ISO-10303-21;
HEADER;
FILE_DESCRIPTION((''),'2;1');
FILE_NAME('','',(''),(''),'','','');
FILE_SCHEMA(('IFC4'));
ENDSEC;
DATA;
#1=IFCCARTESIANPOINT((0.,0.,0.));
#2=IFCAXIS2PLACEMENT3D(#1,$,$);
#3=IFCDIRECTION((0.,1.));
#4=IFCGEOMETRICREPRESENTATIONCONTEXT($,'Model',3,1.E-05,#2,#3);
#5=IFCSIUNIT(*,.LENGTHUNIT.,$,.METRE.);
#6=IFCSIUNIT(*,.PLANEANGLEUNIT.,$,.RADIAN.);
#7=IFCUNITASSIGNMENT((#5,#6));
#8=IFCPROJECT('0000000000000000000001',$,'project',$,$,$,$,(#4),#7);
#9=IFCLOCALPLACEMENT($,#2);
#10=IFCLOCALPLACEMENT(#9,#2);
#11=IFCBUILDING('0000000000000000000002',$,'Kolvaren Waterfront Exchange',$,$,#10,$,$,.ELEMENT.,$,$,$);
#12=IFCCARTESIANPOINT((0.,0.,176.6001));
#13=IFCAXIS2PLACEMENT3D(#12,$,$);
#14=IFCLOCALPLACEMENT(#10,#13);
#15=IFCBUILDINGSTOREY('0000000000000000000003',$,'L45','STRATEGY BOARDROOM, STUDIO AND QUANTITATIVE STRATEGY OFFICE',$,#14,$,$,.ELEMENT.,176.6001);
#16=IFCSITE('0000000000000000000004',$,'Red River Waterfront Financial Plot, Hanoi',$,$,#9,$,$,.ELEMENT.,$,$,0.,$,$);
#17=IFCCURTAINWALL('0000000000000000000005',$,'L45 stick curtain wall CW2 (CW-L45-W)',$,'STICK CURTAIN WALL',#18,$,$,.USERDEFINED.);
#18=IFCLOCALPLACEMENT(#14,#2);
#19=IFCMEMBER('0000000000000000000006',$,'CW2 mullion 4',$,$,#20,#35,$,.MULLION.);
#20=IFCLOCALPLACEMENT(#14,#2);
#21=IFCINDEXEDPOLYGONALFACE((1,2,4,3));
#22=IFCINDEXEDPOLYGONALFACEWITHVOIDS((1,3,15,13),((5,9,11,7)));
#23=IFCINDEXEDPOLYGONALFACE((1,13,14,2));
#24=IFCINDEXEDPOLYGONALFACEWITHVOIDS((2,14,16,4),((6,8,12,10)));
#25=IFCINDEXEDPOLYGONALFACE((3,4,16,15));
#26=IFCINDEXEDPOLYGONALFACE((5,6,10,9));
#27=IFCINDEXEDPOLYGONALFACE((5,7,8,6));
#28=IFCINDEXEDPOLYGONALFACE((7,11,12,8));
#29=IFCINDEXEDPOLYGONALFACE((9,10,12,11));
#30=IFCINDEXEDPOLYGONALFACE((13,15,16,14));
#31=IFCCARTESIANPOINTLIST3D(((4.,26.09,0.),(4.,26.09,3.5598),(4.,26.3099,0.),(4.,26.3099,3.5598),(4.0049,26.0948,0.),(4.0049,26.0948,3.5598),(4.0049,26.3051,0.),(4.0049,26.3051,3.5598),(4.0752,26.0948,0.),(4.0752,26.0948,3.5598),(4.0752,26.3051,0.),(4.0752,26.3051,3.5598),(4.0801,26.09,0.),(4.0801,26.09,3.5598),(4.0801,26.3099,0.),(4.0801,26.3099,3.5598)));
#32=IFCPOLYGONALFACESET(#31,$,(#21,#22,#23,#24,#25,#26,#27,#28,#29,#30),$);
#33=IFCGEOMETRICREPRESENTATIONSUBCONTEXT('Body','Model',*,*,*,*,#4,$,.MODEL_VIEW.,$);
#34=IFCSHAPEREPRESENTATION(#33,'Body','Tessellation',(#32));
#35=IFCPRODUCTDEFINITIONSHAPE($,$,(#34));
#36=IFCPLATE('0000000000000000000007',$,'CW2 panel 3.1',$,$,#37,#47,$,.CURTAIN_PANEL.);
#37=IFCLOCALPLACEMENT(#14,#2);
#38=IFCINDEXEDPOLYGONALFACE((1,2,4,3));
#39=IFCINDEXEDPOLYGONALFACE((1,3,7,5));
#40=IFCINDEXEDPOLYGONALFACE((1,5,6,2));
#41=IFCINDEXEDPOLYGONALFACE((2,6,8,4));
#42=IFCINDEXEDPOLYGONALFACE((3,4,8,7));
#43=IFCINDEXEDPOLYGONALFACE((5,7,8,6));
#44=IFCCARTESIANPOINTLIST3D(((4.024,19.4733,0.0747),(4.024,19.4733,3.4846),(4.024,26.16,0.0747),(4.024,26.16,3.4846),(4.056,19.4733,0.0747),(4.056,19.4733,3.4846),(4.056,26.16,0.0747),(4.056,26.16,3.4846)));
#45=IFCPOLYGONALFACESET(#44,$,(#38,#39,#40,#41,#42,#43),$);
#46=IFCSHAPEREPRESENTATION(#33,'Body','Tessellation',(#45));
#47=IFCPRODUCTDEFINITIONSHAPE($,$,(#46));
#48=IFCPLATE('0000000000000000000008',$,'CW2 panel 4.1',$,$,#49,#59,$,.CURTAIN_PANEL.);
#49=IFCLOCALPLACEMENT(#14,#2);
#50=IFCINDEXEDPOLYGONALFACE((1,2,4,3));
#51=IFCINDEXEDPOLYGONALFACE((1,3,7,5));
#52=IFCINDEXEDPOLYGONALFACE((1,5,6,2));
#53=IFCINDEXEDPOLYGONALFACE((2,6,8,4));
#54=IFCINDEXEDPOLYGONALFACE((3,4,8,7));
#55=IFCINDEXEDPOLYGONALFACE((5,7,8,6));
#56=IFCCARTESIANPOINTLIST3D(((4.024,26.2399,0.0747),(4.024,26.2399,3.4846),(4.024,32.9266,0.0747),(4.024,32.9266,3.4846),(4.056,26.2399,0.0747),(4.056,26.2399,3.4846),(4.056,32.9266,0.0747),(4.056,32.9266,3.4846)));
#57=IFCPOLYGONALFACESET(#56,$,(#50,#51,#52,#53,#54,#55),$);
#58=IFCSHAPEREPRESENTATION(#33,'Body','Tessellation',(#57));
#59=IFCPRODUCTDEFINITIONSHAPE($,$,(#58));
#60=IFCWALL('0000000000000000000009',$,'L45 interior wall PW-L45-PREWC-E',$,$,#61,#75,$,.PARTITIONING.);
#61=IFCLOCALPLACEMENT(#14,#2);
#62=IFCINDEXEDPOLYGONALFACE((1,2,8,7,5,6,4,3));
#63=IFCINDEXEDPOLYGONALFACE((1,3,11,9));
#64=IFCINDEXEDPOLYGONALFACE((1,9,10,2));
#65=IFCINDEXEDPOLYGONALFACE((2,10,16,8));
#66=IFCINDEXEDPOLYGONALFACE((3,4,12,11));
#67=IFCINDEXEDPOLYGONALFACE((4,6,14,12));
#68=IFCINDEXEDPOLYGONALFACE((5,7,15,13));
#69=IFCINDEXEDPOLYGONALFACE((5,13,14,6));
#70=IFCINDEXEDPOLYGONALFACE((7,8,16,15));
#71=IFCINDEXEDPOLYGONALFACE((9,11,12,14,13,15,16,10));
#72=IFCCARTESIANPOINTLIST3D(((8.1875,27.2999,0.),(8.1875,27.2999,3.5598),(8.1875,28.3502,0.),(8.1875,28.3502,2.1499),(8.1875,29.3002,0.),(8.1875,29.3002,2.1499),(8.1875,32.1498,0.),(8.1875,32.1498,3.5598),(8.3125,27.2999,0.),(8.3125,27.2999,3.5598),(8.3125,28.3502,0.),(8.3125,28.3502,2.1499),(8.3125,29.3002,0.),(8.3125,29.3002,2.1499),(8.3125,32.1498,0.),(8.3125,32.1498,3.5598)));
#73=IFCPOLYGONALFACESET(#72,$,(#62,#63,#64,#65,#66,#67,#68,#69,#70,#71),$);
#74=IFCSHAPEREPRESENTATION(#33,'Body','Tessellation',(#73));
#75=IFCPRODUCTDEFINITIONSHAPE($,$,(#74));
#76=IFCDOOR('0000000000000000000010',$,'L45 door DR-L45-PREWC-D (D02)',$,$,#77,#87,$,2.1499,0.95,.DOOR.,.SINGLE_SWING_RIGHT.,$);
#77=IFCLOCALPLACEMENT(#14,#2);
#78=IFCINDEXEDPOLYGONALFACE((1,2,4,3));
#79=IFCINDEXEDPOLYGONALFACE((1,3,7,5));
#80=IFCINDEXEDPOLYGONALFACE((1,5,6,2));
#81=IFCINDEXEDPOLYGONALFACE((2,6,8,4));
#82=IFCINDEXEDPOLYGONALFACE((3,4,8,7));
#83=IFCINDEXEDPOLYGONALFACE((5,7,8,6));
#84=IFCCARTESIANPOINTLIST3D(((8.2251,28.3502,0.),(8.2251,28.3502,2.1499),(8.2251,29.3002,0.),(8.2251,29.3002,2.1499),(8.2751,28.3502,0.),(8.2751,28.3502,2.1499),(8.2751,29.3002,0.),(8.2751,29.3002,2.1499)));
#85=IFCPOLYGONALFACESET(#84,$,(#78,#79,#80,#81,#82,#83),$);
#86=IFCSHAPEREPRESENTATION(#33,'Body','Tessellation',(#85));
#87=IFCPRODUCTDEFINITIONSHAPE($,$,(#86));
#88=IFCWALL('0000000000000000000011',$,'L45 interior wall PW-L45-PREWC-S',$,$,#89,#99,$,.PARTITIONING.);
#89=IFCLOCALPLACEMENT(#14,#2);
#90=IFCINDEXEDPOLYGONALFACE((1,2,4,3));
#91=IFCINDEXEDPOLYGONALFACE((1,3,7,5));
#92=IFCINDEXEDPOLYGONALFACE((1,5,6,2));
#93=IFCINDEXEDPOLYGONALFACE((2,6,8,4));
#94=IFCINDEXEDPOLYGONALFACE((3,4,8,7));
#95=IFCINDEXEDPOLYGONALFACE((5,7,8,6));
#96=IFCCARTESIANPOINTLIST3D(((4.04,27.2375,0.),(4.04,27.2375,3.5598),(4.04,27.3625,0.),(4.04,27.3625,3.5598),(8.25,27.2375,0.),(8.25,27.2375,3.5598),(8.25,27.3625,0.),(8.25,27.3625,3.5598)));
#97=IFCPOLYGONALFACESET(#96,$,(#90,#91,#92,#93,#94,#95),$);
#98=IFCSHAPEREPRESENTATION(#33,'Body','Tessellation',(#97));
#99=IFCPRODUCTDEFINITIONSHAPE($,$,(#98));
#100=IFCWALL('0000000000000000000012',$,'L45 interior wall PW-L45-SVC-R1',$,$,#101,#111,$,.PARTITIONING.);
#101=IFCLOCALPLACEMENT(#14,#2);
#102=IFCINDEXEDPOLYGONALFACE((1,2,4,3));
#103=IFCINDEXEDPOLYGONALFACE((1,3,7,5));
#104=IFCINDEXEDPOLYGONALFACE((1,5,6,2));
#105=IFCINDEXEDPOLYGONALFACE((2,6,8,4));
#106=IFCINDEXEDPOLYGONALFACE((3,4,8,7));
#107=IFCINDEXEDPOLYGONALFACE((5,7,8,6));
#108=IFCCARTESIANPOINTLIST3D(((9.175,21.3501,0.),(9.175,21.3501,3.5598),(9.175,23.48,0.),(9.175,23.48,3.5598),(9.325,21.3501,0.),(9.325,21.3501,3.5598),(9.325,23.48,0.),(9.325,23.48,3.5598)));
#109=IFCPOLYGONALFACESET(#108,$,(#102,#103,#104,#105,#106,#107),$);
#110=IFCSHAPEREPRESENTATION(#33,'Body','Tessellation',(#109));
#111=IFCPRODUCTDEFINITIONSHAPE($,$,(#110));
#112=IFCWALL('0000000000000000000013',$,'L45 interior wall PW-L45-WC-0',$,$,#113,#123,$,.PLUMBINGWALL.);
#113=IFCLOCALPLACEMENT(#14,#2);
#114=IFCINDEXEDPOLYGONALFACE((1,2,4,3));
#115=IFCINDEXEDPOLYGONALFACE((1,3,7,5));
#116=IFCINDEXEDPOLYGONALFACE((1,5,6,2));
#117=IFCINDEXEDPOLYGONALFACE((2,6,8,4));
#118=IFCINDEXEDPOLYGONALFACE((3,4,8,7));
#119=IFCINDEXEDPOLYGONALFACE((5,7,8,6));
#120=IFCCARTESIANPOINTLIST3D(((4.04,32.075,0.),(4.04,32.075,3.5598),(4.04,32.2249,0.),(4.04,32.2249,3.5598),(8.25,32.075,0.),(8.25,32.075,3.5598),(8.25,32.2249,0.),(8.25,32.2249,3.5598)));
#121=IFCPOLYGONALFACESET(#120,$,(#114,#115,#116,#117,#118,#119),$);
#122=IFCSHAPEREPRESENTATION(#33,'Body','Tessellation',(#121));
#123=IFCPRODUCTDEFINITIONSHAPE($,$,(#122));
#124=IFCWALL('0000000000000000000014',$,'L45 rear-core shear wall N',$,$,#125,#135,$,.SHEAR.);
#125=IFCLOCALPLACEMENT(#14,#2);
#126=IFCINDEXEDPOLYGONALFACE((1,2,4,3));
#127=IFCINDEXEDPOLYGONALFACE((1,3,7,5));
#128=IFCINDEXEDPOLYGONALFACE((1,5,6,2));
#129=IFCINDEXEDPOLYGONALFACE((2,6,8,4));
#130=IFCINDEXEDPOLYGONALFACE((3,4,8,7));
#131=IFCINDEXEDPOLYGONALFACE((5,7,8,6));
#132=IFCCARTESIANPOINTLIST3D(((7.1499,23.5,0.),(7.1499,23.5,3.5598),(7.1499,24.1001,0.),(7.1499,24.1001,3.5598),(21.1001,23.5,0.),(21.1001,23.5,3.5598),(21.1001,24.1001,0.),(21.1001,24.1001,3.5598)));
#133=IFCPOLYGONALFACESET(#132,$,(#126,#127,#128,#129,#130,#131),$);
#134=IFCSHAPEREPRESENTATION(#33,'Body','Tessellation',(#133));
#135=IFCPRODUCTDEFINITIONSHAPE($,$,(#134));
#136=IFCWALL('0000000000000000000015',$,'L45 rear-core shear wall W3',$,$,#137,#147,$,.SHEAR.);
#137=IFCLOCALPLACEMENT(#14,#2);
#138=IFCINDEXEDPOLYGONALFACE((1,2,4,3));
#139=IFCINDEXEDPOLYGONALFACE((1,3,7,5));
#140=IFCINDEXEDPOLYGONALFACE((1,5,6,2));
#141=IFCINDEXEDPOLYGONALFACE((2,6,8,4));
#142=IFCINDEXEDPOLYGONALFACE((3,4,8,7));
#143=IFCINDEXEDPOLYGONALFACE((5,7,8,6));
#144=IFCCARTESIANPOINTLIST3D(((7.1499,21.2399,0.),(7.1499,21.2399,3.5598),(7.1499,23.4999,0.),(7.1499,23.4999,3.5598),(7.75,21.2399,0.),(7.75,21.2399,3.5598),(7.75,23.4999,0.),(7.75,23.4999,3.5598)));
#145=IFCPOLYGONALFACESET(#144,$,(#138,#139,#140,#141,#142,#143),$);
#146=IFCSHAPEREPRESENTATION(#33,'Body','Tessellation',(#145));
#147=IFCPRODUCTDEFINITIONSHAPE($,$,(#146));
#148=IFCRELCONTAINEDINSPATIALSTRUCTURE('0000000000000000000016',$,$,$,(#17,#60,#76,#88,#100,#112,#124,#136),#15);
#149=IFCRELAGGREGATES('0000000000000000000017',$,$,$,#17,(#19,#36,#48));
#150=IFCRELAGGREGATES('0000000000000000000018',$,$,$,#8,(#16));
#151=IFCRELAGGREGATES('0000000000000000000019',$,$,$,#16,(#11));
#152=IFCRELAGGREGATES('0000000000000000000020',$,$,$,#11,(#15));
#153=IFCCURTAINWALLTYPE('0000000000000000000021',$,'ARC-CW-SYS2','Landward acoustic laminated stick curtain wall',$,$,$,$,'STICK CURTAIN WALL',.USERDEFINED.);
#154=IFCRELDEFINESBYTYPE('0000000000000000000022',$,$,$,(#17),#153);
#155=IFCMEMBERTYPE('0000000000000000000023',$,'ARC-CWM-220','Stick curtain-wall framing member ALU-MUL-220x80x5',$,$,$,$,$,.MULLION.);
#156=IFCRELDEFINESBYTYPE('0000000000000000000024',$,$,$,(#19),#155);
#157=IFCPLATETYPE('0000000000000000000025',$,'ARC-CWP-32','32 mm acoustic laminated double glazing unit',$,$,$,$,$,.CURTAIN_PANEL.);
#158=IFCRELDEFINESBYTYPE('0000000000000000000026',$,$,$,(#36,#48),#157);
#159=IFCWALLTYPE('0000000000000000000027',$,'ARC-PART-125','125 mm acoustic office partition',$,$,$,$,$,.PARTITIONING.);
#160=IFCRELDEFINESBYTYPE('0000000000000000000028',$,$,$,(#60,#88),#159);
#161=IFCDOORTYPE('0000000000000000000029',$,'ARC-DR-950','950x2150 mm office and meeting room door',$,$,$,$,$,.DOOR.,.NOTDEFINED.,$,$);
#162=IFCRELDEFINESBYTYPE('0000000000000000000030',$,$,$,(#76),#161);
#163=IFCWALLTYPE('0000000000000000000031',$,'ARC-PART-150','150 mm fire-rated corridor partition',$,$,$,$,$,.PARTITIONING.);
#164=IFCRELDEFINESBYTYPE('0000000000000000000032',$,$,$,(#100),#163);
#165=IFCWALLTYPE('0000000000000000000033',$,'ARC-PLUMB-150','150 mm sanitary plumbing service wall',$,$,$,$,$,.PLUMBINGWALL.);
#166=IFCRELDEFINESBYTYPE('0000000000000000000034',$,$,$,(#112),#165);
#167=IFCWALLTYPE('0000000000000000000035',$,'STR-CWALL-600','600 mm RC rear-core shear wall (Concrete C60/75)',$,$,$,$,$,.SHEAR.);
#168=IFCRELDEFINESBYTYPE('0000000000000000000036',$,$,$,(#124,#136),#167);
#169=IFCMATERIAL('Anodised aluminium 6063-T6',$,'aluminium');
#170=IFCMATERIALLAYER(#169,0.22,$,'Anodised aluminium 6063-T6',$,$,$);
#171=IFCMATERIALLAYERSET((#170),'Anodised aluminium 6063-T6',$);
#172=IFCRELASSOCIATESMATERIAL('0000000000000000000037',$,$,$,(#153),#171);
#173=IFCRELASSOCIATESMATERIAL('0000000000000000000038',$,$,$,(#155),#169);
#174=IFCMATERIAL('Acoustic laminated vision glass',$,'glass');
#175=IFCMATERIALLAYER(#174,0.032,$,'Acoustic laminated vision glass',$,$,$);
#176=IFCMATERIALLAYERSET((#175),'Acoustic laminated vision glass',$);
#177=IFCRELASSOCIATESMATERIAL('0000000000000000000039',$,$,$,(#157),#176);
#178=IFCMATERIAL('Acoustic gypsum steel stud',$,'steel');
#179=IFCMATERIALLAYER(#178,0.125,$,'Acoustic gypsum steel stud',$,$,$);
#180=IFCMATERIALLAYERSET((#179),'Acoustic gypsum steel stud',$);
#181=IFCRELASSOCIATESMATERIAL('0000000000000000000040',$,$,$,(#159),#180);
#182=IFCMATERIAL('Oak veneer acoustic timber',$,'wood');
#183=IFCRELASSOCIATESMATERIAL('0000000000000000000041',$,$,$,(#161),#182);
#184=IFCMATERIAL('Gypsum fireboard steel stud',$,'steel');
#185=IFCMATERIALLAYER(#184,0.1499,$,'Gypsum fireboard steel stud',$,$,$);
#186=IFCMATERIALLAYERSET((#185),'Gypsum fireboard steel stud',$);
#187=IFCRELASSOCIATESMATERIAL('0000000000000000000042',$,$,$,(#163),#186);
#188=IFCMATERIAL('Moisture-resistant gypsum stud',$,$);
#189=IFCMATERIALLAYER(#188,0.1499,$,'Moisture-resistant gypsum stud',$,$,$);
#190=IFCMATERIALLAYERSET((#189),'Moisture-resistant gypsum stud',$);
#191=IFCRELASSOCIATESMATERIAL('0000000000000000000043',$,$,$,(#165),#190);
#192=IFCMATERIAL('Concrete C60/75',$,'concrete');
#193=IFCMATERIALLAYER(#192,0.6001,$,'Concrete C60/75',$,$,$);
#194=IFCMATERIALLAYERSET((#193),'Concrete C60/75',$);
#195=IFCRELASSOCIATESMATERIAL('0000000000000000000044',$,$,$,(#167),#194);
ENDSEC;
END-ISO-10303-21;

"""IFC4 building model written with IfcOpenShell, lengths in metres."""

from ifc_helpers import new_model, si_unit, direction, frame, frame_2d, origin, origin_with_axes, origin_2d, place, context, subcontext, project, spatial, rectangle, hollow_rectangle, extrude, source, transform, mapped, material, layer, layer_set, material_profile, profile_set, type_object, element, fill, aggregate, save


model = new_model("IFC4")

# Units and contexts
model_context = context("Model", 3, precision=1e-05, world=origin(), true_north=direction((0.0, 1.0)))
body_context = subcontext(model_context, "Body", "Model", "MODEL_VIEW")
ifc_project = project(units=[si_unit("LENGTHUNIT", "METRE"), si_unit("PLANEANGLEUNIT", "RADIAN")], contexts=[model_context])

# Site, building, storey
site_placement = place(None, origin())
site = spatial("IfcSite", under=ifc_project, at=site_placement, Name="Red River Waterfront Financial Plot, Hanoi", CompositionType="ELEMENT", RefElevation=0.0)
building_placement = place(site_placement, origin())
building = spatial("IfcBuilding", under=site, at=building_placement, Name="Kolvaren Waterfront Exchange", CompositionType="ELEMENT")
storey_placement = place(building_placement, frame((0.0, 0.0, 176.6001)))
storey = spatial("IfcBuildingStorey", under=building, at=storey_placement, Name="L45", Description="STRATEGY BOARDROOM, STUDIO AND QUANTITATIVE STRATEGY OFFICE", CompositionType="ELEMENT", Elevation=176.6001)

# Shared definitions
ifc_material_1 = material(Name="Concrete C60/75", Category="concrete")

# Curtain wall, member, plates
ifc_material_2 = material(Name="Anodised aluminium 6063-T6", Category="aluminium")
ifc_layer_1 = layer(ifc_material_2, 0.22, Name="Anodised aluminium 6063-T6")
ifc_layer_set_1 = layer_set([ifc_layer_1], Name="Anodised aluminium 6063-T6")
curtain_wall_type = type_object("IfcCurtainWallType", Name="ARC-CW-SYS2", Description="Landward acoustic laminated stick curtain wall", ElementType="STICK CURTAIN WALL", PredefinedType="USERDEFINED", material=ifc_layer_set_1)
curtain_wall_placement = place(storey_placement, origin())
curtain_wall = element("IfcCurtainWall", 1, at=curtain_wall_placement, inside=storey, type_object=curtain_wall_type, Name="L45 stick curtain wall CW2 (CW-L45-W)", ObjectType="STICK CURTAIN WALL", PredefinedType="USERDEFINED")
ifc_material_profile_1 = material_profile(ifc_material_2, hollow_rectangle(XDim=0.0801, YDim=0.22, WallThickness=0.0049, at=origin_2d()), Name="ALU-MUL-220x80x5")
ifc_profile_set_1 = profile_set([ifc_material_profile_1], Name="Anodised aluminium 6063-T6")
member_type_1 = type_object("IfcMemberType", Name="ARC-CWM-220", Description="Stick curtain-wall framing member ALU-MUL-220x80x5", PredefinedType="MULLION", material=ifc_profile_set_1)
shared_shape_1 = source(origin_with_axes(), body_context, "Body", "SweptSolid", [
    extrude(hollow_rectangle(XDim=0.0801, YDim=0.22, WallThickness=0.0049, at=origin_2d()), origin(), (0.0, 0.0, 1.0), 3.5598),
])
member_1_placement = place(storey_placement, frame((4.04, 26.2, 0.0), z_axis=(0.0, 0.0, 1.0), x_axis=(-1.0, 0.0, 0.0)))
member_1 = element("IfcMember", 2, at=member_1_placement, type_object=member_type_1, Name="CW2 mullion 4", PredefinedType="MULLION", context=body_context, shape_type="MappedRepresentation", body=[
    mapped(shared_shape_1, transform((0.0, 0.0, 0.0), x_axis=(1.0, 0.0, 0.0), y_axis=(0.0, 1.0, 0.0), z_axis=(0.0, 0.0, 1.0), scale=1.0)),
])
ifc_material_3 = material(Name="Acoustic laminated vision glass", Category="glass")
ifc_layer_2 = layer(ifc_material_3, 0.032, Name="Acoustic laminated vision glass")
ifc_layer_set_2 = layer_set([ifc_layer_2], Name="Acoustic laminated vision glass")
plate_type = type_object("IfcPlateType", Name="ARC-CWP-32", Description="32 mm acoustic laminated double glazing unit", PredefinedType="CURTAIN_PANEL", material=ifc_layer_set_2)
shared_shape_2 = source(origin_with_axes(), body_context, "Body", "SweptSolid", [
    extrude(rectangle(XDim=6.6868, YDim=0.032, at=origin_2d()), origin(), (0.0, 0.0, 1.0), 3.4099),
])
plate_1_placement = place(storey_placement, frame((4.04, 22.8167, 0.0747), z_axis=(0.0, 0.0, 1.0), x_axis=(0.0, 1.0, 0.0)))
plate_1 = element("IfcPlate", 3, at=plate_1_placement, type_object=plate_type, Name="CW2 panel 3.1", PredefinedType="CURTAIN_PANEL", context=body_context, shape_type="MappedRepresentation", body=[
    mapped(shared_shape_2, transform((0.0, 0.0, 0.0), x_axis=(1.0, 0.0, 0.0), y_axis=(0.0, 1.0, 0.0), z_axis=(0.0, 0.0, 1.0), scale=1.0)),
])
plate_2_placement = place(storey_placement, frame((4.04, 29.5833, 0.0747), z_axis=(0.0, 0.0, 1.0), x_axis=(0.0, 1.0, 0.0)))
plate_2 = element("IfcPlate", 4, at=plate_2_placement, type_object=plate_type, Name="CW2 panel 4.1", PredefinedType="CURTAIN_PANEL", context=body_context, shape_type="MappedRepresentation", body=[
    mapped(shared_shape_2, transform((0.0, 0.0, 0.0), x_axis=(1.0, 0.0, 0.0), y_axis=(0.0, 1.0, 0.0), z_axis=(0.0, 0.0, 1.0), scale=1.0)),
])
aggregate(curtain_wall, [member_1, plate_1, plate_2])

# Wall, opening, door
ifc_material_4 = material(Name="Acoustic gypsum steel stud", Category="steel")
ifc_layer_3 = layer(ifc_material_4, 0.125, Name="Acoustic gypsum steel stud")
ifc_layer_set_3 = layer_set([ifc_layer_3], Name="Acoustic gypsum steel stud")
wall_type_1 = type_object("IfcWallType", Name="ARC-PART-125", Description="125 mm acoustic office partition", PredefinedType="PARTITIONING", material=ifc_layer_set_3)
wall_1_placement = place(storey_placement, frame((8.25, 27.3, 0.0), z_axis=(0.0, 0.0, 1.0), x_axis=(0.0, 1.0, 0.0)))
wall_1 = element("IfcWall", 5, at=wall_1_placement, inside=storey, type_object=wall_type_1, Name="L45 interior wall PW-L45-PREWC-E", PredefinedType="PARTITIONING", context=body_context, shape_type="SweptSolid", body=[
    extrude(rectangle(XDim=4.8499, YDim=0.125, at=frame_2d((2.4248, 0.0))), origin(), (0.0, 0.0, 1.0), 3.5598),
])
opening_1_placement = place(wall_1_placement, frame((1.05, 0.0, 0.0)))
opening_1 = element("IfcOpeningElement", 6, at=opening_1_placement, cuts=wall_1, PredefinedType="OPENING", context=body_context, shape_type="SweptSolid", body=[
    extrude(rectangle(XDim=0.95, YDim=2.1499, at=frame_2d((0.4751, 1.075))), frame((0.0, 0.0725, 0.0), z_axis=(0.0, -1.0, 0.0), x_axis=(1.0, 0.0, 0.0)), (0.0, 0.0, 1.0), 0.145),
])
ifc_material_5 = material(Name="Oak veneer acoustic timber", Category="wood")
door_type_1 = type_object("IfcDoorType", Name="ARC-DR-950", Description="950x2150 mm office and meeting room door", OperationType="NOTDEFINED", PredefinedType="DOOR", material=ifc_material_5)
door_1_placement = place(opening_1_placement, origin())
door_1 = element("IfcDoor", 7, at=door_1_placement, inside=storey, type_object=door_type_1, Name="L45 door DR-L45-PREWC-D (D02)", OperationType="SINGLE_SWING_RIGHT", OverallHeight=2.1499, OverallWidth=0.95, PredefinedType="DOOR", context=body_context, shape_type="SweptSolid", body=[
    extrude(rectangle(XDim=0.95, YDim=2.1499, at=frame_2d((0.4751, 1.075))), frame((0.0, 0.0249, 0.0), z_axis=(0.0, -1.0, 0.0), x_axis=(1.0, 0.0, 0.0)), (0.0, 0.0, 1.0), 0.05),
])
fill(opening_1, door_1)

# Walls
wall_2_placement = place(storey_placement, frame((4.04, 27.3, 0.0), z_axis=(0.0, 0.0, 1.0), x_axis=(1.0, 0.0, 0.0)))
element("IfcWall", 8, at=wall_2_placement, inside=storey, type_object=wall_type_1, Name="L45 interior wall PW-L45-PREWC-S", PredefinedType="PARTITIONING", context=body_context, shape_type="SweptSolid", body=[
    extrude(rectangle(XDim=4.21, YDim=0.125, at=frame_2d((2.105, 0.0))), origin(), (0.0, 0.0, 1.0), 3.5598),
])
ifc_material_6 = material(Name="Gypsum fireboard steel stud", Category="steel")
ifc_layer_4 = layer(ifc_material_6, 0.1499, Name="Gypsum fireboard steel stud")
ifc_layer_set_4 = layer_set([ifc_layer_4], Name="Gypsum fireboard steel stud")
wall_type_2 = type_object("IfcWallType", Name="ARC-PART-150", Description="150 mm fire-rated corridor partition", PredefinedType="PARTITIONING", material=ifc_layer_set_4)
wall_3_placement = place(storey_placement, frame((9.25, 21.3501, 0.0), z_axis=(0.0, 0.0, 1.0), x_axis=(0.0, 1.0, 0.0)))
element("IfcWall", 9, at=wall_3_placement, inside=storey, type_object=wall_type_2, Name="L45 interior wall PW-L45-SVC-R1", PredefinedType="PARTITIONING", context=body_context, shape_type="SweptSolid", body=[
    extrude(rectangle(XDim=2.1299, YDim=0.1499, at=frame_2d((1.0649, 0.0))), origin(), (0.0, 0.0, 1.0), 3.5598),
])

# Walls
ifc_material_7 = material(Name="Moisture-resistant gypsum stud")
ifc_layer_5 = layer(ifc_material_7, 0.1499, Name="Moisture-resistant gypsum stud")
ifc_layer_set_5 = layer_set([ifc_layer_5], Name="Moisture-resistant gypsum stud")
wall_type_3 = type_object("IfcWallType", Name="ARC-PLUMB-150", Description="150 mm sanitary plumbing service wall", PredefinedType="PLUMBINGWALL", material=ifc_layer_set_5)
wall_4_placement = place(storey_placement, frame((4.04, 32.1499, 0.0), z_axis=(0.0, 0.0, 1.0), x_axis=(1.0, 0.0, 0.0)))
element("IfcWall", 10, at=wall_4_placement, inside=storey, type_object=wall_type_3, Name="L45 interior wall PW-L45-WC-0", PredefinedType="PLUMBINGWALL", context=body_context, shape_type="SweptSolid", body=[
    extrude(rectangle(XDim=4.21, YDim=0.1499, at=frame_2d((2.105, 0.0))), origin(), (0.0, 0.0, 1.0), 3.5598),
])
ifc_layer_6 = layer(ifc_material_1, 0.6001, Name="Concrete C60/75")
ifc_layer_set_6 = layer_set([ifc_layer_6], Name="Concrete C60/75")
wall_type_4 = type_object("IfcWallType", Name="STR-CWALL-600", Description="600 mm RC rear-core shear wall (Concrete C60/75)", PredefinedType="SHEAR", material=ifc_layer_set_6)
wall_5_placement = place(storey_placement, frame((7.1499, 23.8, 0.0), z_axis=(0.0, 0.0, 1.0), x_axis=(1.0, 0.0, 0.0)))
element("IfcWall", 11, at=wall_5_placement, inside=storey, type_object=wall_type_4, Name="L45 rear-core shear wall N", PredefinedType="SHEAR", context=body_context, shape_type="SweptSolid", body=[
    extrude(rectangle(XDim=13.9502, YDim=0.6001, at=frame_2d((6.9751, 0.0))), origin(), (0.0, 0.0, 1.0), 3.5598),
])
wall_6_placement = place(storey_placement, frame((7.45, 21.24, 0.0), z_axis=(0.0, 0.0, 1.0), x_axis=(0.0, 1.0, 0.0)))
element("IfcWall", 12, at=wall_6_placement, inside=storey, type_object=wall_type_4, Name="L45 rear-core shear wall W3", PredefinedType="SHEAR", context=body_context, shape_type="SweptSolid", body=[
    extrude(rectangle(XDim=2.26, YDim=0.6001, at=frame_2d((1.1299, 0.0))), origin(), (0.0, 0.0, 1.0), 3.5598),
])

save(model, "model.ifc")
